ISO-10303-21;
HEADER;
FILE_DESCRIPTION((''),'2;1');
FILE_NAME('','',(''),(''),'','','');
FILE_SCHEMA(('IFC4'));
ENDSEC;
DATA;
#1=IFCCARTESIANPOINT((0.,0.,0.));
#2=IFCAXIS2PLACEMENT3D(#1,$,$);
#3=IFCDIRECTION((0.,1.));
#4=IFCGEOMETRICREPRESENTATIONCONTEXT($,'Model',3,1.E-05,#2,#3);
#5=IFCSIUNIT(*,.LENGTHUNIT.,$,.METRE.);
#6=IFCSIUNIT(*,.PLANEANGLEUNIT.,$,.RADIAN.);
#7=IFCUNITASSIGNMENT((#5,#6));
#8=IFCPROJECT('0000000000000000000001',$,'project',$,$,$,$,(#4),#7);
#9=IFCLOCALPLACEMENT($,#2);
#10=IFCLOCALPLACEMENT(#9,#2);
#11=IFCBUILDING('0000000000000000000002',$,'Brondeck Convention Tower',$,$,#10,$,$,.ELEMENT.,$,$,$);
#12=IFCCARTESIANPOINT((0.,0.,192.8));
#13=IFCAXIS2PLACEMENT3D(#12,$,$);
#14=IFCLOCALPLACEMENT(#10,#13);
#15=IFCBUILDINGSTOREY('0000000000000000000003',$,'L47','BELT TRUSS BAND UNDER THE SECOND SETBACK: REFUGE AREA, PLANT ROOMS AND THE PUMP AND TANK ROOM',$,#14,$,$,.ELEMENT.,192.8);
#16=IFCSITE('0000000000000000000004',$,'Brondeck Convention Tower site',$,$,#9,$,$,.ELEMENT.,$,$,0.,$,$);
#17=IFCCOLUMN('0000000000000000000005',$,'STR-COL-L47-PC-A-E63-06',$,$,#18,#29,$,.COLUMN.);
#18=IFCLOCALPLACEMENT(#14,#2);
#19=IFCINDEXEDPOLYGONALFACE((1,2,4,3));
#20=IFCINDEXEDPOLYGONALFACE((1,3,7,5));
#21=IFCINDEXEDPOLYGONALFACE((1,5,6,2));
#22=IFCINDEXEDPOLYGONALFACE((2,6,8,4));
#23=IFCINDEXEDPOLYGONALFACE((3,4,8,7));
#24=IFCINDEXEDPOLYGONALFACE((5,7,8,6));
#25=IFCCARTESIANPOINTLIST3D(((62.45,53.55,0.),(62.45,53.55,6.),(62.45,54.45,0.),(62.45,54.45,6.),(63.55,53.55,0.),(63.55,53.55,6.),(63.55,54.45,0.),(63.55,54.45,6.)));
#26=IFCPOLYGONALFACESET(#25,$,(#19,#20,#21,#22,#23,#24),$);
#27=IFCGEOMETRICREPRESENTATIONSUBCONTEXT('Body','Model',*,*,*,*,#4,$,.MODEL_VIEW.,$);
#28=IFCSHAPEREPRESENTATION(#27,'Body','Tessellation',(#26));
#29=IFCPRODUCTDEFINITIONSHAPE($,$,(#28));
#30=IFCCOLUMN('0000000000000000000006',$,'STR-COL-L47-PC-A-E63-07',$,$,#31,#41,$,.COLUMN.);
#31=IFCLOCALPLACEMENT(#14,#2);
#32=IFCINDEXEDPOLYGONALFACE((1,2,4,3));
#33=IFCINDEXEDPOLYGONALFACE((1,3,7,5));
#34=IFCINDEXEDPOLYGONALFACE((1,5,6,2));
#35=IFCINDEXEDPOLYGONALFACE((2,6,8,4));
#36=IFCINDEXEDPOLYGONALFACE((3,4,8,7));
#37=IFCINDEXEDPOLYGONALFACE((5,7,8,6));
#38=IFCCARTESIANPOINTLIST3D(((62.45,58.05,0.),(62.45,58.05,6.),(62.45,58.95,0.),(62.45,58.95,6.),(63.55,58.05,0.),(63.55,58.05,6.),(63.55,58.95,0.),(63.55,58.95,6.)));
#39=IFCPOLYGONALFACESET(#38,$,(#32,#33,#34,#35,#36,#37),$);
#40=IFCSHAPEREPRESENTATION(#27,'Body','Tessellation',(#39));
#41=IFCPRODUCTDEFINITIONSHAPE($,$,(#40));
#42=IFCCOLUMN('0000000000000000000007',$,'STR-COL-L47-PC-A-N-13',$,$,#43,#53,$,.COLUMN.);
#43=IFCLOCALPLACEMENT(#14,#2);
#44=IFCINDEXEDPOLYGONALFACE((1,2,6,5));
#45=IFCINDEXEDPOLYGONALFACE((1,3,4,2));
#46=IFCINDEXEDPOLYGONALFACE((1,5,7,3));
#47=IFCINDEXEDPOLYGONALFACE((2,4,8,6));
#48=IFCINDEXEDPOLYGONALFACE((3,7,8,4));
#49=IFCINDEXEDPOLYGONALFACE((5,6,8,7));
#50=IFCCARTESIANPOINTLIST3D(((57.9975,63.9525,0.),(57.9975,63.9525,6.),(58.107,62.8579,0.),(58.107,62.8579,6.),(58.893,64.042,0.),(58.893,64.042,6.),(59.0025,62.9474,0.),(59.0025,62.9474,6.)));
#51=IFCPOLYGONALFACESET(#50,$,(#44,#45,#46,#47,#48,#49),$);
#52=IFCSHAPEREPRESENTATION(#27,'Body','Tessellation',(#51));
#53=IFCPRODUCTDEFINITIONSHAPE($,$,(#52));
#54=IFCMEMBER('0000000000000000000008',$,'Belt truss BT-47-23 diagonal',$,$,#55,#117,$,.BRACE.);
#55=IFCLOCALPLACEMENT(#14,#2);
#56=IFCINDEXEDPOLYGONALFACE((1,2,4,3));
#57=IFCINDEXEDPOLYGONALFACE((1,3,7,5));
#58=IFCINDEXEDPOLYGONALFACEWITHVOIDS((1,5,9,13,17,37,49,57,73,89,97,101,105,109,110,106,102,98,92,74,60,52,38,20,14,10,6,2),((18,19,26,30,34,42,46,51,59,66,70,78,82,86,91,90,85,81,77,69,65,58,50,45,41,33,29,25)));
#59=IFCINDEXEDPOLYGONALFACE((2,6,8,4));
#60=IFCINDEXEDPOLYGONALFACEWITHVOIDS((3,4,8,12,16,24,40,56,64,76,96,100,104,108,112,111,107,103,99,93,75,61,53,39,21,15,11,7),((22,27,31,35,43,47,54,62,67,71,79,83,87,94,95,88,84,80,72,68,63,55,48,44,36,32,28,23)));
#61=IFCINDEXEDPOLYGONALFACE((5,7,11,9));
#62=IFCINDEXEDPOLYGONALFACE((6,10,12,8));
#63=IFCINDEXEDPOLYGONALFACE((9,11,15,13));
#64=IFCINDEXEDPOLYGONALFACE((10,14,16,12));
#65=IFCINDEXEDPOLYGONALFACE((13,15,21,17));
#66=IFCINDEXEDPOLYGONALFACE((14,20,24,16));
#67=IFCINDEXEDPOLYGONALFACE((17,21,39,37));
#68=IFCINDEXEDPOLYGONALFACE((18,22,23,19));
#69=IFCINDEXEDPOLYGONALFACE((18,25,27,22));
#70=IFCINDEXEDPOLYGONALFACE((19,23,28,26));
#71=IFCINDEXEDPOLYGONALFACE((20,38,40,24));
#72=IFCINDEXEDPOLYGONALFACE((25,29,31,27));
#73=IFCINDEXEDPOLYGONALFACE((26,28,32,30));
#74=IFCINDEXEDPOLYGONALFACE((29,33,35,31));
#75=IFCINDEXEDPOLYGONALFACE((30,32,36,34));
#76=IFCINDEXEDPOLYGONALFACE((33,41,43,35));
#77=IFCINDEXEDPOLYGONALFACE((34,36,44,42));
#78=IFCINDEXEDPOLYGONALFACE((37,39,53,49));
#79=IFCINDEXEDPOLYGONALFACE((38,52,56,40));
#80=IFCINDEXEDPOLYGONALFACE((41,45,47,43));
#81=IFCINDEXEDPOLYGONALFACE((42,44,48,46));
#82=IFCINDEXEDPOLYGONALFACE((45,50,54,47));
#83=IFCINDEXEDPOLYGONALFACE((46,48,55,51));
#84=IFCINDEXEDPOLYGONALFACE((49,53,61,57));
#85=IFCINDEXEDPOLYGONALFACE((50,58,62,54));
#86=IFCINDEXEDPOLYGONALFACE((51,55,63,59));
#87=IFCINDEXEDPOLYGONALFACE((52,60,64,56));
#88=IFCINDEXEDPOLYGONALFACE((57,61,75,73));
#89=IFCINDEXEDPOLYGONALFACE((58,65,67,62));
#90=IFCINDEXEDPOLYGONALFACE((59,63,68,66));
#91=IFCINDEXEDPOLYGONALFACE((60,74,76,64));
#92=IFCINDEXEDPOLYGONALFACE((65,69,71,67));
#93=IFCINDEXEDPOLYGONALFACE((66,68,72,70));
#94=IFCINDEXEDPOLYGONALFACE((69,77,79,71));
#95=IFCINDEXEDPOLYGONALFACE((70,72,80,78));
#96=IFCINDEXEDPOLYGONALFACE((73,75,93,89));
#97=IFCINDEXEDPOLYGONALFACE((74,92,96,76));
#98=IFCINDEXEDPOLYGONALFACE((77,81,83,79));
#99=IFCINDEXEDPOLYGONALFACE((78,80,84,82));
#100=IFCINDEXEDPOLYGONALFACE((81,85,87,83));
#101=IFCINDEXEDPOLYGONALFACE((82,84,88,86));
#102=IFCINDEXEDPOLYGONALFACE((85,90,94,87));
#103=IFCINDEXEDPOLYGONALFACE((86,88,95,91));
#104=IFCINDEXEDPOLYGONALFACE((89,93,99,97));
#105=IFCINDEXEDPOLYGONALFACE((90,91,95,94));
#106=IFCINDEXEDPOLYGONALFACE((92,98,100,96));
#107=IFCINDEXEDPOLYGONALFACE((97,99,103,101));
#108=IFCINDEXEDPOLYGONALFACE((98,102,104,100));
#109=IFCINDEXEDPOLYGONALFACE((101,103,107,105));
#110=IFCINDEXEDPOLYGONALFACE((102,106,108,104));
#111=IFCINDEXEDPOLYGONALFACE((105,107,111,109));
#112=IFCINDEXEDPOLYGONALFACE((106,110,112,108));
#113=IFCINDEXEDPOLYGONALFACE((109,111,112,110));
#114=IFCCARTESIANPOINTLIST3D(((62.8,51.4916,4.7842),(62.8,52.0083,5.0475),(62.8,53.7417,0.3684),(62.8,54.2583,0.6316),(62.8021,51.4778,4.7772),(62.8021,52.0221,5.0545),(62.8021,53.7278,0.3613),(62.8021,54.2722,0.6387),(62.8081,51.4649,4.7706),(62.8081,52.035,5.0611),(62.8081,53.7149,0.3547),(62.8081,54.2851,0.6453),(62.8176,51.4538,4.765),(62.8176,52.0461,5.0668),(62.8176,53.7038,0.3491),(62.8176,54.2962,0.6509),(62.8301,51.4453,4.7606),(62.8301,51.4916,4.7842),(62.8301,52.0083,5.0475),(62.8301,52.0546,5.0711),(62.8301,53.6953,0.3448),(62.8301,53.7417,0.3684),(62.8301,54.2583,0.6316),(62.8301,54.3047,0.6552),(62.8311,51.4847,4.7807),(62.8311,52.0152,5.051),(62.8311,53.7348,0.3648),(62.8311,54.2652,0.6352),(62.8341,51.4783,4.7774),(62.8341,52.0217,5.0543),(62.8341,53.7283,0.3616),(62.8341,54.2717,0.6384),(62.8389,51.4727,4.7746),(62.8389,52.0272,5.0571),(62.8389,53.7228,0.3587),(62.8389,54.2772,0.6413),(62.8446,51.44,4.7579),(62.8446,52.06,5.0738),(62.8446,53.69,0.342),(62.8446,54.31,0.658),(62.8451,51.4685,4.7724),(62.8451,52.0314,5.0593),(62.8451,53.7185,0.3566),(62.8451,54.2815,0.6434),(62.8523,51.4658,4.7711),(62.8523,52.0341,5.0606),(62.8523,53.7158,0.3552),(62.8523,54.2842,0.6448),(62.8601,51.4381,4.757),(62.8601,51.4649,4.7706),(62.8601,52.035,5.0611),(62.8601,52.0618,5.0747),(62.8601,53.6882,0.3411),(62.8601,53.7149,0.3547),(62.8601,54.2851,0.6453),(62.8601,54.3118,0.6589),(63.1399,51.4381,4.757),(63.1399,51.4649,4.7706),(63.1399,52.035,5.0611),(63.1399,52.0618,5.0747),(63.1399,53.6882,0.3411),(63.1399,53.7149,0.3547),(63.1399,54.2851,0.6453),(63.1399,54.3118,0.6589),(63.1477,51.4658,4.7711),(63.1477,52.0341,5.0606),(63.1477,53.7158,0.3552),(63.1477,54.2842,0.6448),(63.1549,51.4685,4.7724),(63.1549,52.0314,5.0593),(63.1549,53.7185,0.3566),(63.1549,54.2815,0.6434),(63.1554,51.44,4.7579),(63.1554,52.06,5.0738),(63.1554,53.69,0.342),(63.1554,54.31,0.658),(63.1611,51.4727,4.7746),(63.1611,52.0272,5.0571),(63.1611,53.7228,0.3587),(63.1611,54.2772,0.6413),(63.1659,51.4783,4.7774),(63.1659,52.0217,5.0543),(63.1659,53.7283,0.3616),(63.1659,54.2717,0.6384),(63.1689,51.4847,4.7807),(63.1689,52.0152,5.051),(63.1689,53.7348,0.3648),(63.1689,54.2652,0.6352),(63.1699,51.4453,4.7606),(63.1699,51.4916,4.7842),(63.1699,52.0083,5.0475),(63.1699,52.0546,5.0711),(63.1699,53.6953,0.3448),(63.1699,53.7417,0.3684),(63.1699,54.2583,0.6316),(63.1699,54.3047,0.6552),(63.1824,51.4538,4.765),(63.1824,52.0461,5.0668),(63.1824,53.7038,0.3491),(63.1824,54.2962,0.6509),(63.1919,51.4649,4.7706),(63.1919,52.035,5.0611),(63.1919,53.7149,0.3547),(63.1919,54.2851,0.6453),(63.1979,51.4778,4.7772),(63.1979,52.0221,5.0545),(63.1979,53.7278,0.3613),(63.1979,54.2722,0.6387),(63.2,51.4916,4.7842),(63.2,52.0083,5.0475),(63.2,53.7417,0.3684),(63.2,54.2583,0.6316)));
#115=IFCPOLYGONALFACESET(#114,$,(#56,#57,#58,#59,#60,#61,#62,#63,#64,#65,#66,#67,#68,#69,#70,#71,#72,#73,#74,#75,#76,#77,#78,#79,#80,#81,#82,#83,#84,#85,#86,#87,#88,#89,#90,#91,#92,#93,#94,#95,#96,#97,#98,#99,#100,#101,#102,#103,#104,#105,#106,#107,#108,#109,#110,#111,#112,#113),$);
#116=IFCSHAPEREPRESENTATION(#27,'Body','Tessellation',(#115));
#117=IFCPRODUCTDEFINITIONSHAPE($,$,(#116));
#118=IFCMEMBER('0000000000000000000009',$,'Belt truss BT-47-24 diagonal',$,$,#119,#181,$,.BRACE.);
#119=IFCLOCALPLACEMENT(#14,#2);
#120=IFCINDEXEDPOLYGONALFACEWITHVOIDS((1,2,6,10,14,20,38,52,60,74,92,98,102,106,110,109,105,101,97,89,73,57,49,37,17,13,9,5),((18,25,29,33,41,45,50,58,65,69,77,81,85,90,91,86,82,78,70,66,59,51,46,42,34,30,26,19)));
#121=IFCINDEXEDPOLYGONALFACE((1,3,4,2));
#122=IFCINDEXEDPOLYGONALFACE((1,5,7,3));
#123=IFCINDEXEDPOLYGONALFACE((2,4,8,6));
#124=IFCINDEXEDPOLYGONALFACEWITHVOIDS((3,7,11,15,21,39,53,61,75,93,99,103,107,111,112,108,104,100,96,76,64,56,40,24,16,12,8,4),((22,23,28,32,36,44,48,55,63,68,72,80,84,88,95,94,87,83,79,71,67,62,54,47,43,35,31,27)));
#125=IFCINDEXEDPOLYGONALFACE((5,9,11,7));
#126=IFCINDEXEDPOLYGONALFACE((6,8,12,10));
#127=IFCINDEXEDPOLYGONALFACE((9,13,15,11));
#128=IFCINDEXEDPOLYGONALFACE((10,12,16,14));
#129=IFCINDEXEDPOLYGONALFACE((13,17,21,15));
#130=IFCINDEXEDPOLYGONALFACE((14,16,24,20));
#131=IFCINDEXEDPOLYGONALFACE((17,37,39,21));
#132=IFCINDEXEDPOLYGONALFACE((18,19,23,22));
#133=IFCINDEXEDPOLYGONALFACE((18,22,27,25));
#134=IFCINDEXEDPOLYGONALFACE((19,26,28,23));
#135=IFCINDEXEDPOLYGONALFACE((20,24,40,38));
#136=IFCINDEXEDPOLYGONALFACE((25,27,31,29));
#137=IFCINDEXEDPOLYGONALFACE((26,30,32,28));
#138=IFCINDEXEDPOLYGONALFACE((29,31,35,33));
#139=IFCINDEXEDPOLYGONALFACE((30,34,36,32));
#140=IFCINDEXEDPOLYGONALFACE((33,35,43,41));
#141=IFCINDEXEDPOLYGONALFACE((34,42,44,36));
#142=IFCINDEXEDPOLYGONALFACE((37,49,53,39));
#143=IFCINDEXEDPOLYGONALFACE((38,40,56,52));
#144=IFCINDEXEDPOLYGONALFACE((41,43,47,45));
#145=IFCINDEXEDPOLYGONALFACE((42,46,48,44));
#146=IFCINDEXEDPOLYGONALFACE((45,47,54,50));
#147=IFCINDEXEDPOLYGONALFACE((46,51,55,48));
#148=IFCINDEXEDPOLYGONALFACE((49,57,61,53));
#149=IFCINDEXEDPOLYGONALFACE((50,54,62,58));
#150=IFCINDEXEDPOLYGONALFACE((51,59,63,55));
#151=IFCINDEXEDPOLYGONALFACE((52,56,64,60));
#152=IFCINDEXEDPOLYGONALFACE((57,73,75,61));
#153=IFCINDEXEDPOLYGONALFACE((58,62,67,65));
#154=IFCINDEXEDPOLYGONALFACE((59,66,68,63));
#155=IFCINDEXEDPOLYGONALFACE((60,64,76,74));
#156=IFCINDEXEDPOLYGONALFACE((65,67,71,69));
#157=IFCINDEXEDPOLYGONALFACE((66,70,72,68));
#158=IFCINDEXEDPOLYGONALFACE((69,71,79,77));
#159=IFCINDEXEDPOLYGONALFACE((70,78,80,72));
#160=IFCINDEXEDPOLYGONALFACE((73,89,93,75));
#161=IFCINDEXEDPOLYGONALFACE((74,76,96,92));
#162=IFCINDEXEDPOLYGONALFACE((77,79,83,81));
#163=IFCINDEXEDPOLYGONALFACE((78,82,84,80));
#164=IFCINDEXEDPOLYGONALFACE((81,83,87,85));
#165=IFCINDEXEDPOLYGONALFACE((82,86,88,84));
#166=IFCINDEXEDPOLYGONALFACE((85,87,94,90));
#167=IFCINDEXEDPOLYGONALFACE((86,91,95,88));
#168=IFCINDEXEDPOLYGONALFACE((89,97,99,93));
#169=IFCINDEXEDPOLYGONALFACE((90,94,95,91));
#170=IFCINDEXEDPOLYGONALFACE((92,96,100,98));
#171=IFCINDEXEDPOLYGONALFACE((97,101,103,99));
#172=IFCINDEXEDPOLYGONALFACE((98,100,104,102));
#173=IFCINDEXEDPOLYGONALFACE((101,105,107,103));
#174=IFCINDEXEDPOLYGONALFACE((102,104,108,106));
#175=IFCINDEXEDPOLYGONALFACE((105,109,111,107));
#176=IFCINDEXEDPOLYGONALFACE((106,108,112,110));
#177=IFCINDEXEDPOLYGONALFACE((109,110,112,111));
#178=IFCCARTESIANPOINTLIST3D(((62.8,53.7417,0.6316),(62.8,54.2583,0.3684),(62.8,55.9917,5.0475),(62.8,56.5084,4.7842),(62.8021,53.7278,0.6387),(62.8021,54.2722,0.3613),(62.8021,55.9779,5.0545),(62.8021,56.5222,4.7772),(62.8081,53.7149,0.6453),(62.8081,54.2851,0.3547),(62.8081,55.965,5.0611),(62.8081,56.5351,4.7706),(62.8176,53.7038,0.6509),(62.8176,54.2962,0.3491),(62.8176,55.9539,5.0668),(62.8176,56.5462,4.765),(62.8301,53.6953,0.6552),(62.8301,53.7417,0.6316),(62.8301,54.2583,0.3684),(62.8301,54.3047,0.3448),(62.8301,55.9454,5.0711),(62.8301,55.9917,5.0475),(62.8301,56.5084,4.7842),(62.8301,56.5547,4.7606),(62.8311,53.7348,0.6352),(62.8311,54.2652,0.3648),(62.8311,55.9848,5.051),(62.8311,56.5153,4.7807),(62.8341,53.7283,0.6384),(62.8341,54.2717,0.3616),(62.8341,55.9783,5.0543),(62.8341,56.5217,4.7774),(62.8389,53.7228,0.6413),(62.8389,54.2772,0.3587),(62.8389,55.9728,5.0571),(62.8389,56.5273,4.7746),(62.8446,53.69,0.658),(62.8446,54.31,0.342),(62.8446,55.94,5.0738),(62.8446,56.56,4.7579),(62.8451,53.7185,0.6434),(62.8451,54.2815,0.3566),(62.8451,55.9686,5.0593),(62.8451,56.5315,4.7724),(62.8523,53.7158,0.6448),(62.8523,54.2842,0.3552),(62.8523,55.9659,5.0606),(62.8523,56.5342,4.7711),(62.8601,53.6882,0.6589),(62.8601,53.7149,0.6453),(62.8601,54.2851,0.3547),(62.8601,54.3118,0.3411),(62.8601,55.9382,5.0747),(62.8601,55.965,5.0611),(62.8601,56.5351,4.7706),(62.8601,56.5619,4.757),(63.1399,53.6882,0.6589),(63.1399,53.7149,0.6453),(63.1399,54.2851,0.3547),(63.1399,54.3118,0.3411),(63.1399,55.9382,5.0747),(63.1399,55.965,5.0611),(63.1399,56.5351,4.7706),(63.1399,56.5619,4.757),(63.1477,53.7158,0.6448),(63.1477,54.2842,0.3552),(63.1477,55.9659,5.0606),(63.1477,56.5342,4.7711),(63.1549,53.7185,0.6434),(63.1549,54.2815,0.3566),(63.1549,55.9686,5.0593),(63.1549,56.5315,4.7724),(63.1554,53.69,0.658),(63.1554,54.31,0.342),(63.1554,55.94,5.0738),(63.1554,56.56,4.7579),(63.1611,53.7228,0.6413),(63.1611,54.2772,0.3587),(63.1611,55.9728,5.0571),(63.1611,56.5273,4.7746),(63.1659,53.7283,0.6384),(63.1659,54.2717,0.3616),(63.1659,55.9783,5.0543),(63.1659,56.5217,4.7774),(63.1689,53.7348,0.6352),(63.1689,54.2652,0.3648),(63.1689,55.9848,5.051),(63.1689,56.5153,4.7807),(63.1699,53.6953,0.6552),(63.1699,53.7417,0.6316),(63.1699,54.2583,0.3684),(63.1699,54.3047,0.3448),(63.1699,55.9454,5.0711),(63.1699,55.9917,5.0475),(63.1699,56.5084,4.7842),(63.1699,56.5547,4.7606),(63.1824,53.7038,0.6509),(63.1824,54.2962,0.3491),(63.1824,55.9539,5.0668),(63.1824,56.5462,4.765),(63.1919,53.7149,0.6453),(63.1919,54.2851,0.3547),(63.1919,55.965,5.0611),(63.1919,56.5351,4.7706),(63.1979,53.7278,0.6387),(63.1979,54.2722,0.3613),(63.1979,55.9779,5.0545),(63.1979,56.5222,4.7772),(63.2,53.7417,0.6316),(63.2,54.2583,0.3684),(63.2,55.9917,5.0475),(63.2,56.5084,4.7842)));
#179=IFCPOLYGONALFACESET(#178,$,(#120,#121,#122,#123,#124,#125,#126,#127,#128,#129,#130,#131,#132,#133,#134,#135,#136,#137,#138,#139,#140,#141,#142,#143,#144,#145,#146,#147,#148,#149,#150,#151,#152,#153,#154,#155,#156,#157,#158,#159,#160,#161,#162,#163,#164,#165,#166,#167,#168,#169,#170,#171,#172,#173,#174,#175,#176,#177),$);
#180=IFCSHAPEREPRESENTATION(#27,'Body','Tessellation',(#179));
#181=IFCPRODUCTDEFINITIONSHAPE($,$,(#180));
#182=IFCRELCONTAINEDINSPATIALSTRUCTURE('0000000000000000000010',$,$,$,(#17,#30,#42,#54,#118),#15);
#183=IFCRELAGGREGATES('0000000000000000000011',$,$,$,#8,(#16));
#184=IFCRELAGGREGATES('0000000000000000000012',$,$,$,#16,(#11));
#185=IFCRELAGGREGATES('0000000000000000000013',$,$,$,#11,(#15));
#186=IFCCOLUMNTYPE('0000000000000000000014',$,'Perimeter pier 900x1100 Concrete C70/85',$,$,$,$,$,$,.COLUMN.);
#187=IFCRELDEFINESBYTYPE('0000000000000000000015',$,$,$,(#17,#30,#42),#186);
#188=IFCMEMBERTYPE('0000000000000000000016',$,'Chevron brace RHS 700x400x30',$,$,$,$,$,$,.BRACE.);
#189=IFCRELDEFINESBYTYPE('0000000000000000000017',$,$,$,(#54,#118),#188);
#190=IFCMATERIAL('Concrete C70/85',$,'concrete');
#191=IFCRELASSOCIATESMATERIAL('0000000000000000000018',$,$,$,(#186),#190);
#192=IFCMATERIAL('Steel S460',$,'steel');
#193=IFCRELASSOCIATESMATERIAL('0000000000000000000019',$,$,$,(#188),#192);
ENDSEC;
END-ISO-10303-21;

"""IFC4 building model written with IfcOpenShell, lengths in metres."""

from ifc_helpers import new_model, si_unit, direction, frame, origin, origin_2d, place, context, subcontext, project, spatial, rectangle, hollow_rectangle, extrude, material, material_profile, profile_set, type_object, element, save


model = new_model("IFC4")

# Units and contexts
model_context = context("Model", 3, precision=1e-05, world=origin(), true_north=direction((0.0, 1.0)))
body_context = subcontext(model_context, "Body", "Model", "MODEL_VIEW")
ifc_project = project(units=[si_unit("LENGTHUNIT", "METRE"), si_unit("PLANEANGLEUNIT", "RADIAN")], contexts=[model_context])

# Site, building, storey
site_placement = place(None, origin())
site = spatial("IfcSite", under=ifc_project, at=site_placement, Name="Brondeck Convention Tower site", CompositionType="ELEMENT", RefElevation=0.0)
building_placement = place(site_placement, origin())
building = spatial("IfcBuilding", under=site, at=building_placement, Name="Brondeck Convention Tower", CompositionType="ELEMENT")
storey_placement = place(building_placement, frame((0.0, 0.0, 192.8)))
storey = spatial("IfcBuildingStorey", under=building, at=storey_placement, Name="L47", Description="BELT TRUSS BAND UNDER THE SECOND SETBACK: REFUGE AREA, PLANT ROOMS AND THE PUMP AND TANK ROOM", CompositionType="ELEMENT", Elevation=192.8)

# Columns
ifc_material_1 = material(Name="Concrete C70/85", Category="concrete")
ifc_material_profile_1 = material_profile(ifc_material_1, rectangle(XDim=0.8999, YDim=1.1001, at=origin_2d()), Name="Perimeter pier 900x1100 Concrete C70/85")
ifc_profile_set_1 = profile_set([ifc_material_profile_1], Name="Concrete C70/85")
column_type = type_object("IfcColumnType", Name="Perimeter pier 900x1100 Concrete C70/85", PredefinedType="COLUMN", material=ifc_profile_set_1)
for number, where, z_axis, x_axis, name in (
    (1, (63.0, 54.0, 0.0), (0.0, 0.0, 1.0), (0.0, 1.0, 0.0), "STR-COL-L47-PC-A-E63-06"),
    (2, (63.0, 58.5, 0.0), (0.0, 0.0, 1.0), (0.0, 1.0, 0.0), "STR-COL-L47-PC-A-E63-07"),
    (3, (58.5, 63.45, 0.0), (0.0, 0.0, 1.0), (-0.995037, -0.099504, 0.0), "STR-COL-L47-PC-A-N-13"),
):
    element("IfcColumn", number, at=place(storey_placement, frame(where, z_axis=z_axis, x_axis=x_axis)), inside=storey, type_object=column_type, Name=name, PredefinedType="COLUMN", context=body_context, shape_type="SweptSolid", body=[
        extrude(rectangle(XDim=0.8999, YDim=1.1001, at=origin_2d()), origin(), (0.0, 0.0, 1.0), 6.0),
    ])

# Members
ifc_material_2 = material(Name="Steel S460", Category="steel")
ifc_material_profile_2 = material_profile(ifc_material_2, hollow_rectangle(XDim=0.3999, YDim=0.7, WallThickness=0.03, InnerFilletRadius=0.03, OuterFilletRadius=0.0601, at=origin_2d()), Name="RHS 700x400x30")
ifc_profile_set_2 = profile_set([ifc_material_profile_2], Name="Steel S460")
member_type_1 = type_object("IfcMemberType", Name="Chevron brace RHS 700x400x30", PredefinedType="BRACE", material=ifc_profile_set_2)
for number, where, z_axis, x_axis, name in (
    (4, (63.0, 54.0, 0.5), (0.0, -0.453999, 0.891002), (1.0, 0.0, 0.0), "Belt truss BT-47-23 diagonal"),
    (5, (63.0, 54.0, 0.5), (0.0, 0.453999, 0.891002), (-1.0, 0.0, 0.0), "Belt truss BT-47-24 diagonal"),
):
    element("IfcMember", number, at=place(storey_placement, frame(where, z_axis=z_axis, x_axis=x_axis)), inside=storey, type_object=member_type_1, Name=name, PredefinedType="BRACE", context=body_context, shape_type="SweptSolid", body=[
        extrude(hollow_rectangle(XDim=0.3999, YDim=0.7, WallThickness=0.03, InnerFilletRadius=0.03, OuterFilletRadius=0.0601, at=origin_2d()), origin(), (0.0, 0.0, 1.0), 4.9561),
    ])

save(model, "model.ifc")
